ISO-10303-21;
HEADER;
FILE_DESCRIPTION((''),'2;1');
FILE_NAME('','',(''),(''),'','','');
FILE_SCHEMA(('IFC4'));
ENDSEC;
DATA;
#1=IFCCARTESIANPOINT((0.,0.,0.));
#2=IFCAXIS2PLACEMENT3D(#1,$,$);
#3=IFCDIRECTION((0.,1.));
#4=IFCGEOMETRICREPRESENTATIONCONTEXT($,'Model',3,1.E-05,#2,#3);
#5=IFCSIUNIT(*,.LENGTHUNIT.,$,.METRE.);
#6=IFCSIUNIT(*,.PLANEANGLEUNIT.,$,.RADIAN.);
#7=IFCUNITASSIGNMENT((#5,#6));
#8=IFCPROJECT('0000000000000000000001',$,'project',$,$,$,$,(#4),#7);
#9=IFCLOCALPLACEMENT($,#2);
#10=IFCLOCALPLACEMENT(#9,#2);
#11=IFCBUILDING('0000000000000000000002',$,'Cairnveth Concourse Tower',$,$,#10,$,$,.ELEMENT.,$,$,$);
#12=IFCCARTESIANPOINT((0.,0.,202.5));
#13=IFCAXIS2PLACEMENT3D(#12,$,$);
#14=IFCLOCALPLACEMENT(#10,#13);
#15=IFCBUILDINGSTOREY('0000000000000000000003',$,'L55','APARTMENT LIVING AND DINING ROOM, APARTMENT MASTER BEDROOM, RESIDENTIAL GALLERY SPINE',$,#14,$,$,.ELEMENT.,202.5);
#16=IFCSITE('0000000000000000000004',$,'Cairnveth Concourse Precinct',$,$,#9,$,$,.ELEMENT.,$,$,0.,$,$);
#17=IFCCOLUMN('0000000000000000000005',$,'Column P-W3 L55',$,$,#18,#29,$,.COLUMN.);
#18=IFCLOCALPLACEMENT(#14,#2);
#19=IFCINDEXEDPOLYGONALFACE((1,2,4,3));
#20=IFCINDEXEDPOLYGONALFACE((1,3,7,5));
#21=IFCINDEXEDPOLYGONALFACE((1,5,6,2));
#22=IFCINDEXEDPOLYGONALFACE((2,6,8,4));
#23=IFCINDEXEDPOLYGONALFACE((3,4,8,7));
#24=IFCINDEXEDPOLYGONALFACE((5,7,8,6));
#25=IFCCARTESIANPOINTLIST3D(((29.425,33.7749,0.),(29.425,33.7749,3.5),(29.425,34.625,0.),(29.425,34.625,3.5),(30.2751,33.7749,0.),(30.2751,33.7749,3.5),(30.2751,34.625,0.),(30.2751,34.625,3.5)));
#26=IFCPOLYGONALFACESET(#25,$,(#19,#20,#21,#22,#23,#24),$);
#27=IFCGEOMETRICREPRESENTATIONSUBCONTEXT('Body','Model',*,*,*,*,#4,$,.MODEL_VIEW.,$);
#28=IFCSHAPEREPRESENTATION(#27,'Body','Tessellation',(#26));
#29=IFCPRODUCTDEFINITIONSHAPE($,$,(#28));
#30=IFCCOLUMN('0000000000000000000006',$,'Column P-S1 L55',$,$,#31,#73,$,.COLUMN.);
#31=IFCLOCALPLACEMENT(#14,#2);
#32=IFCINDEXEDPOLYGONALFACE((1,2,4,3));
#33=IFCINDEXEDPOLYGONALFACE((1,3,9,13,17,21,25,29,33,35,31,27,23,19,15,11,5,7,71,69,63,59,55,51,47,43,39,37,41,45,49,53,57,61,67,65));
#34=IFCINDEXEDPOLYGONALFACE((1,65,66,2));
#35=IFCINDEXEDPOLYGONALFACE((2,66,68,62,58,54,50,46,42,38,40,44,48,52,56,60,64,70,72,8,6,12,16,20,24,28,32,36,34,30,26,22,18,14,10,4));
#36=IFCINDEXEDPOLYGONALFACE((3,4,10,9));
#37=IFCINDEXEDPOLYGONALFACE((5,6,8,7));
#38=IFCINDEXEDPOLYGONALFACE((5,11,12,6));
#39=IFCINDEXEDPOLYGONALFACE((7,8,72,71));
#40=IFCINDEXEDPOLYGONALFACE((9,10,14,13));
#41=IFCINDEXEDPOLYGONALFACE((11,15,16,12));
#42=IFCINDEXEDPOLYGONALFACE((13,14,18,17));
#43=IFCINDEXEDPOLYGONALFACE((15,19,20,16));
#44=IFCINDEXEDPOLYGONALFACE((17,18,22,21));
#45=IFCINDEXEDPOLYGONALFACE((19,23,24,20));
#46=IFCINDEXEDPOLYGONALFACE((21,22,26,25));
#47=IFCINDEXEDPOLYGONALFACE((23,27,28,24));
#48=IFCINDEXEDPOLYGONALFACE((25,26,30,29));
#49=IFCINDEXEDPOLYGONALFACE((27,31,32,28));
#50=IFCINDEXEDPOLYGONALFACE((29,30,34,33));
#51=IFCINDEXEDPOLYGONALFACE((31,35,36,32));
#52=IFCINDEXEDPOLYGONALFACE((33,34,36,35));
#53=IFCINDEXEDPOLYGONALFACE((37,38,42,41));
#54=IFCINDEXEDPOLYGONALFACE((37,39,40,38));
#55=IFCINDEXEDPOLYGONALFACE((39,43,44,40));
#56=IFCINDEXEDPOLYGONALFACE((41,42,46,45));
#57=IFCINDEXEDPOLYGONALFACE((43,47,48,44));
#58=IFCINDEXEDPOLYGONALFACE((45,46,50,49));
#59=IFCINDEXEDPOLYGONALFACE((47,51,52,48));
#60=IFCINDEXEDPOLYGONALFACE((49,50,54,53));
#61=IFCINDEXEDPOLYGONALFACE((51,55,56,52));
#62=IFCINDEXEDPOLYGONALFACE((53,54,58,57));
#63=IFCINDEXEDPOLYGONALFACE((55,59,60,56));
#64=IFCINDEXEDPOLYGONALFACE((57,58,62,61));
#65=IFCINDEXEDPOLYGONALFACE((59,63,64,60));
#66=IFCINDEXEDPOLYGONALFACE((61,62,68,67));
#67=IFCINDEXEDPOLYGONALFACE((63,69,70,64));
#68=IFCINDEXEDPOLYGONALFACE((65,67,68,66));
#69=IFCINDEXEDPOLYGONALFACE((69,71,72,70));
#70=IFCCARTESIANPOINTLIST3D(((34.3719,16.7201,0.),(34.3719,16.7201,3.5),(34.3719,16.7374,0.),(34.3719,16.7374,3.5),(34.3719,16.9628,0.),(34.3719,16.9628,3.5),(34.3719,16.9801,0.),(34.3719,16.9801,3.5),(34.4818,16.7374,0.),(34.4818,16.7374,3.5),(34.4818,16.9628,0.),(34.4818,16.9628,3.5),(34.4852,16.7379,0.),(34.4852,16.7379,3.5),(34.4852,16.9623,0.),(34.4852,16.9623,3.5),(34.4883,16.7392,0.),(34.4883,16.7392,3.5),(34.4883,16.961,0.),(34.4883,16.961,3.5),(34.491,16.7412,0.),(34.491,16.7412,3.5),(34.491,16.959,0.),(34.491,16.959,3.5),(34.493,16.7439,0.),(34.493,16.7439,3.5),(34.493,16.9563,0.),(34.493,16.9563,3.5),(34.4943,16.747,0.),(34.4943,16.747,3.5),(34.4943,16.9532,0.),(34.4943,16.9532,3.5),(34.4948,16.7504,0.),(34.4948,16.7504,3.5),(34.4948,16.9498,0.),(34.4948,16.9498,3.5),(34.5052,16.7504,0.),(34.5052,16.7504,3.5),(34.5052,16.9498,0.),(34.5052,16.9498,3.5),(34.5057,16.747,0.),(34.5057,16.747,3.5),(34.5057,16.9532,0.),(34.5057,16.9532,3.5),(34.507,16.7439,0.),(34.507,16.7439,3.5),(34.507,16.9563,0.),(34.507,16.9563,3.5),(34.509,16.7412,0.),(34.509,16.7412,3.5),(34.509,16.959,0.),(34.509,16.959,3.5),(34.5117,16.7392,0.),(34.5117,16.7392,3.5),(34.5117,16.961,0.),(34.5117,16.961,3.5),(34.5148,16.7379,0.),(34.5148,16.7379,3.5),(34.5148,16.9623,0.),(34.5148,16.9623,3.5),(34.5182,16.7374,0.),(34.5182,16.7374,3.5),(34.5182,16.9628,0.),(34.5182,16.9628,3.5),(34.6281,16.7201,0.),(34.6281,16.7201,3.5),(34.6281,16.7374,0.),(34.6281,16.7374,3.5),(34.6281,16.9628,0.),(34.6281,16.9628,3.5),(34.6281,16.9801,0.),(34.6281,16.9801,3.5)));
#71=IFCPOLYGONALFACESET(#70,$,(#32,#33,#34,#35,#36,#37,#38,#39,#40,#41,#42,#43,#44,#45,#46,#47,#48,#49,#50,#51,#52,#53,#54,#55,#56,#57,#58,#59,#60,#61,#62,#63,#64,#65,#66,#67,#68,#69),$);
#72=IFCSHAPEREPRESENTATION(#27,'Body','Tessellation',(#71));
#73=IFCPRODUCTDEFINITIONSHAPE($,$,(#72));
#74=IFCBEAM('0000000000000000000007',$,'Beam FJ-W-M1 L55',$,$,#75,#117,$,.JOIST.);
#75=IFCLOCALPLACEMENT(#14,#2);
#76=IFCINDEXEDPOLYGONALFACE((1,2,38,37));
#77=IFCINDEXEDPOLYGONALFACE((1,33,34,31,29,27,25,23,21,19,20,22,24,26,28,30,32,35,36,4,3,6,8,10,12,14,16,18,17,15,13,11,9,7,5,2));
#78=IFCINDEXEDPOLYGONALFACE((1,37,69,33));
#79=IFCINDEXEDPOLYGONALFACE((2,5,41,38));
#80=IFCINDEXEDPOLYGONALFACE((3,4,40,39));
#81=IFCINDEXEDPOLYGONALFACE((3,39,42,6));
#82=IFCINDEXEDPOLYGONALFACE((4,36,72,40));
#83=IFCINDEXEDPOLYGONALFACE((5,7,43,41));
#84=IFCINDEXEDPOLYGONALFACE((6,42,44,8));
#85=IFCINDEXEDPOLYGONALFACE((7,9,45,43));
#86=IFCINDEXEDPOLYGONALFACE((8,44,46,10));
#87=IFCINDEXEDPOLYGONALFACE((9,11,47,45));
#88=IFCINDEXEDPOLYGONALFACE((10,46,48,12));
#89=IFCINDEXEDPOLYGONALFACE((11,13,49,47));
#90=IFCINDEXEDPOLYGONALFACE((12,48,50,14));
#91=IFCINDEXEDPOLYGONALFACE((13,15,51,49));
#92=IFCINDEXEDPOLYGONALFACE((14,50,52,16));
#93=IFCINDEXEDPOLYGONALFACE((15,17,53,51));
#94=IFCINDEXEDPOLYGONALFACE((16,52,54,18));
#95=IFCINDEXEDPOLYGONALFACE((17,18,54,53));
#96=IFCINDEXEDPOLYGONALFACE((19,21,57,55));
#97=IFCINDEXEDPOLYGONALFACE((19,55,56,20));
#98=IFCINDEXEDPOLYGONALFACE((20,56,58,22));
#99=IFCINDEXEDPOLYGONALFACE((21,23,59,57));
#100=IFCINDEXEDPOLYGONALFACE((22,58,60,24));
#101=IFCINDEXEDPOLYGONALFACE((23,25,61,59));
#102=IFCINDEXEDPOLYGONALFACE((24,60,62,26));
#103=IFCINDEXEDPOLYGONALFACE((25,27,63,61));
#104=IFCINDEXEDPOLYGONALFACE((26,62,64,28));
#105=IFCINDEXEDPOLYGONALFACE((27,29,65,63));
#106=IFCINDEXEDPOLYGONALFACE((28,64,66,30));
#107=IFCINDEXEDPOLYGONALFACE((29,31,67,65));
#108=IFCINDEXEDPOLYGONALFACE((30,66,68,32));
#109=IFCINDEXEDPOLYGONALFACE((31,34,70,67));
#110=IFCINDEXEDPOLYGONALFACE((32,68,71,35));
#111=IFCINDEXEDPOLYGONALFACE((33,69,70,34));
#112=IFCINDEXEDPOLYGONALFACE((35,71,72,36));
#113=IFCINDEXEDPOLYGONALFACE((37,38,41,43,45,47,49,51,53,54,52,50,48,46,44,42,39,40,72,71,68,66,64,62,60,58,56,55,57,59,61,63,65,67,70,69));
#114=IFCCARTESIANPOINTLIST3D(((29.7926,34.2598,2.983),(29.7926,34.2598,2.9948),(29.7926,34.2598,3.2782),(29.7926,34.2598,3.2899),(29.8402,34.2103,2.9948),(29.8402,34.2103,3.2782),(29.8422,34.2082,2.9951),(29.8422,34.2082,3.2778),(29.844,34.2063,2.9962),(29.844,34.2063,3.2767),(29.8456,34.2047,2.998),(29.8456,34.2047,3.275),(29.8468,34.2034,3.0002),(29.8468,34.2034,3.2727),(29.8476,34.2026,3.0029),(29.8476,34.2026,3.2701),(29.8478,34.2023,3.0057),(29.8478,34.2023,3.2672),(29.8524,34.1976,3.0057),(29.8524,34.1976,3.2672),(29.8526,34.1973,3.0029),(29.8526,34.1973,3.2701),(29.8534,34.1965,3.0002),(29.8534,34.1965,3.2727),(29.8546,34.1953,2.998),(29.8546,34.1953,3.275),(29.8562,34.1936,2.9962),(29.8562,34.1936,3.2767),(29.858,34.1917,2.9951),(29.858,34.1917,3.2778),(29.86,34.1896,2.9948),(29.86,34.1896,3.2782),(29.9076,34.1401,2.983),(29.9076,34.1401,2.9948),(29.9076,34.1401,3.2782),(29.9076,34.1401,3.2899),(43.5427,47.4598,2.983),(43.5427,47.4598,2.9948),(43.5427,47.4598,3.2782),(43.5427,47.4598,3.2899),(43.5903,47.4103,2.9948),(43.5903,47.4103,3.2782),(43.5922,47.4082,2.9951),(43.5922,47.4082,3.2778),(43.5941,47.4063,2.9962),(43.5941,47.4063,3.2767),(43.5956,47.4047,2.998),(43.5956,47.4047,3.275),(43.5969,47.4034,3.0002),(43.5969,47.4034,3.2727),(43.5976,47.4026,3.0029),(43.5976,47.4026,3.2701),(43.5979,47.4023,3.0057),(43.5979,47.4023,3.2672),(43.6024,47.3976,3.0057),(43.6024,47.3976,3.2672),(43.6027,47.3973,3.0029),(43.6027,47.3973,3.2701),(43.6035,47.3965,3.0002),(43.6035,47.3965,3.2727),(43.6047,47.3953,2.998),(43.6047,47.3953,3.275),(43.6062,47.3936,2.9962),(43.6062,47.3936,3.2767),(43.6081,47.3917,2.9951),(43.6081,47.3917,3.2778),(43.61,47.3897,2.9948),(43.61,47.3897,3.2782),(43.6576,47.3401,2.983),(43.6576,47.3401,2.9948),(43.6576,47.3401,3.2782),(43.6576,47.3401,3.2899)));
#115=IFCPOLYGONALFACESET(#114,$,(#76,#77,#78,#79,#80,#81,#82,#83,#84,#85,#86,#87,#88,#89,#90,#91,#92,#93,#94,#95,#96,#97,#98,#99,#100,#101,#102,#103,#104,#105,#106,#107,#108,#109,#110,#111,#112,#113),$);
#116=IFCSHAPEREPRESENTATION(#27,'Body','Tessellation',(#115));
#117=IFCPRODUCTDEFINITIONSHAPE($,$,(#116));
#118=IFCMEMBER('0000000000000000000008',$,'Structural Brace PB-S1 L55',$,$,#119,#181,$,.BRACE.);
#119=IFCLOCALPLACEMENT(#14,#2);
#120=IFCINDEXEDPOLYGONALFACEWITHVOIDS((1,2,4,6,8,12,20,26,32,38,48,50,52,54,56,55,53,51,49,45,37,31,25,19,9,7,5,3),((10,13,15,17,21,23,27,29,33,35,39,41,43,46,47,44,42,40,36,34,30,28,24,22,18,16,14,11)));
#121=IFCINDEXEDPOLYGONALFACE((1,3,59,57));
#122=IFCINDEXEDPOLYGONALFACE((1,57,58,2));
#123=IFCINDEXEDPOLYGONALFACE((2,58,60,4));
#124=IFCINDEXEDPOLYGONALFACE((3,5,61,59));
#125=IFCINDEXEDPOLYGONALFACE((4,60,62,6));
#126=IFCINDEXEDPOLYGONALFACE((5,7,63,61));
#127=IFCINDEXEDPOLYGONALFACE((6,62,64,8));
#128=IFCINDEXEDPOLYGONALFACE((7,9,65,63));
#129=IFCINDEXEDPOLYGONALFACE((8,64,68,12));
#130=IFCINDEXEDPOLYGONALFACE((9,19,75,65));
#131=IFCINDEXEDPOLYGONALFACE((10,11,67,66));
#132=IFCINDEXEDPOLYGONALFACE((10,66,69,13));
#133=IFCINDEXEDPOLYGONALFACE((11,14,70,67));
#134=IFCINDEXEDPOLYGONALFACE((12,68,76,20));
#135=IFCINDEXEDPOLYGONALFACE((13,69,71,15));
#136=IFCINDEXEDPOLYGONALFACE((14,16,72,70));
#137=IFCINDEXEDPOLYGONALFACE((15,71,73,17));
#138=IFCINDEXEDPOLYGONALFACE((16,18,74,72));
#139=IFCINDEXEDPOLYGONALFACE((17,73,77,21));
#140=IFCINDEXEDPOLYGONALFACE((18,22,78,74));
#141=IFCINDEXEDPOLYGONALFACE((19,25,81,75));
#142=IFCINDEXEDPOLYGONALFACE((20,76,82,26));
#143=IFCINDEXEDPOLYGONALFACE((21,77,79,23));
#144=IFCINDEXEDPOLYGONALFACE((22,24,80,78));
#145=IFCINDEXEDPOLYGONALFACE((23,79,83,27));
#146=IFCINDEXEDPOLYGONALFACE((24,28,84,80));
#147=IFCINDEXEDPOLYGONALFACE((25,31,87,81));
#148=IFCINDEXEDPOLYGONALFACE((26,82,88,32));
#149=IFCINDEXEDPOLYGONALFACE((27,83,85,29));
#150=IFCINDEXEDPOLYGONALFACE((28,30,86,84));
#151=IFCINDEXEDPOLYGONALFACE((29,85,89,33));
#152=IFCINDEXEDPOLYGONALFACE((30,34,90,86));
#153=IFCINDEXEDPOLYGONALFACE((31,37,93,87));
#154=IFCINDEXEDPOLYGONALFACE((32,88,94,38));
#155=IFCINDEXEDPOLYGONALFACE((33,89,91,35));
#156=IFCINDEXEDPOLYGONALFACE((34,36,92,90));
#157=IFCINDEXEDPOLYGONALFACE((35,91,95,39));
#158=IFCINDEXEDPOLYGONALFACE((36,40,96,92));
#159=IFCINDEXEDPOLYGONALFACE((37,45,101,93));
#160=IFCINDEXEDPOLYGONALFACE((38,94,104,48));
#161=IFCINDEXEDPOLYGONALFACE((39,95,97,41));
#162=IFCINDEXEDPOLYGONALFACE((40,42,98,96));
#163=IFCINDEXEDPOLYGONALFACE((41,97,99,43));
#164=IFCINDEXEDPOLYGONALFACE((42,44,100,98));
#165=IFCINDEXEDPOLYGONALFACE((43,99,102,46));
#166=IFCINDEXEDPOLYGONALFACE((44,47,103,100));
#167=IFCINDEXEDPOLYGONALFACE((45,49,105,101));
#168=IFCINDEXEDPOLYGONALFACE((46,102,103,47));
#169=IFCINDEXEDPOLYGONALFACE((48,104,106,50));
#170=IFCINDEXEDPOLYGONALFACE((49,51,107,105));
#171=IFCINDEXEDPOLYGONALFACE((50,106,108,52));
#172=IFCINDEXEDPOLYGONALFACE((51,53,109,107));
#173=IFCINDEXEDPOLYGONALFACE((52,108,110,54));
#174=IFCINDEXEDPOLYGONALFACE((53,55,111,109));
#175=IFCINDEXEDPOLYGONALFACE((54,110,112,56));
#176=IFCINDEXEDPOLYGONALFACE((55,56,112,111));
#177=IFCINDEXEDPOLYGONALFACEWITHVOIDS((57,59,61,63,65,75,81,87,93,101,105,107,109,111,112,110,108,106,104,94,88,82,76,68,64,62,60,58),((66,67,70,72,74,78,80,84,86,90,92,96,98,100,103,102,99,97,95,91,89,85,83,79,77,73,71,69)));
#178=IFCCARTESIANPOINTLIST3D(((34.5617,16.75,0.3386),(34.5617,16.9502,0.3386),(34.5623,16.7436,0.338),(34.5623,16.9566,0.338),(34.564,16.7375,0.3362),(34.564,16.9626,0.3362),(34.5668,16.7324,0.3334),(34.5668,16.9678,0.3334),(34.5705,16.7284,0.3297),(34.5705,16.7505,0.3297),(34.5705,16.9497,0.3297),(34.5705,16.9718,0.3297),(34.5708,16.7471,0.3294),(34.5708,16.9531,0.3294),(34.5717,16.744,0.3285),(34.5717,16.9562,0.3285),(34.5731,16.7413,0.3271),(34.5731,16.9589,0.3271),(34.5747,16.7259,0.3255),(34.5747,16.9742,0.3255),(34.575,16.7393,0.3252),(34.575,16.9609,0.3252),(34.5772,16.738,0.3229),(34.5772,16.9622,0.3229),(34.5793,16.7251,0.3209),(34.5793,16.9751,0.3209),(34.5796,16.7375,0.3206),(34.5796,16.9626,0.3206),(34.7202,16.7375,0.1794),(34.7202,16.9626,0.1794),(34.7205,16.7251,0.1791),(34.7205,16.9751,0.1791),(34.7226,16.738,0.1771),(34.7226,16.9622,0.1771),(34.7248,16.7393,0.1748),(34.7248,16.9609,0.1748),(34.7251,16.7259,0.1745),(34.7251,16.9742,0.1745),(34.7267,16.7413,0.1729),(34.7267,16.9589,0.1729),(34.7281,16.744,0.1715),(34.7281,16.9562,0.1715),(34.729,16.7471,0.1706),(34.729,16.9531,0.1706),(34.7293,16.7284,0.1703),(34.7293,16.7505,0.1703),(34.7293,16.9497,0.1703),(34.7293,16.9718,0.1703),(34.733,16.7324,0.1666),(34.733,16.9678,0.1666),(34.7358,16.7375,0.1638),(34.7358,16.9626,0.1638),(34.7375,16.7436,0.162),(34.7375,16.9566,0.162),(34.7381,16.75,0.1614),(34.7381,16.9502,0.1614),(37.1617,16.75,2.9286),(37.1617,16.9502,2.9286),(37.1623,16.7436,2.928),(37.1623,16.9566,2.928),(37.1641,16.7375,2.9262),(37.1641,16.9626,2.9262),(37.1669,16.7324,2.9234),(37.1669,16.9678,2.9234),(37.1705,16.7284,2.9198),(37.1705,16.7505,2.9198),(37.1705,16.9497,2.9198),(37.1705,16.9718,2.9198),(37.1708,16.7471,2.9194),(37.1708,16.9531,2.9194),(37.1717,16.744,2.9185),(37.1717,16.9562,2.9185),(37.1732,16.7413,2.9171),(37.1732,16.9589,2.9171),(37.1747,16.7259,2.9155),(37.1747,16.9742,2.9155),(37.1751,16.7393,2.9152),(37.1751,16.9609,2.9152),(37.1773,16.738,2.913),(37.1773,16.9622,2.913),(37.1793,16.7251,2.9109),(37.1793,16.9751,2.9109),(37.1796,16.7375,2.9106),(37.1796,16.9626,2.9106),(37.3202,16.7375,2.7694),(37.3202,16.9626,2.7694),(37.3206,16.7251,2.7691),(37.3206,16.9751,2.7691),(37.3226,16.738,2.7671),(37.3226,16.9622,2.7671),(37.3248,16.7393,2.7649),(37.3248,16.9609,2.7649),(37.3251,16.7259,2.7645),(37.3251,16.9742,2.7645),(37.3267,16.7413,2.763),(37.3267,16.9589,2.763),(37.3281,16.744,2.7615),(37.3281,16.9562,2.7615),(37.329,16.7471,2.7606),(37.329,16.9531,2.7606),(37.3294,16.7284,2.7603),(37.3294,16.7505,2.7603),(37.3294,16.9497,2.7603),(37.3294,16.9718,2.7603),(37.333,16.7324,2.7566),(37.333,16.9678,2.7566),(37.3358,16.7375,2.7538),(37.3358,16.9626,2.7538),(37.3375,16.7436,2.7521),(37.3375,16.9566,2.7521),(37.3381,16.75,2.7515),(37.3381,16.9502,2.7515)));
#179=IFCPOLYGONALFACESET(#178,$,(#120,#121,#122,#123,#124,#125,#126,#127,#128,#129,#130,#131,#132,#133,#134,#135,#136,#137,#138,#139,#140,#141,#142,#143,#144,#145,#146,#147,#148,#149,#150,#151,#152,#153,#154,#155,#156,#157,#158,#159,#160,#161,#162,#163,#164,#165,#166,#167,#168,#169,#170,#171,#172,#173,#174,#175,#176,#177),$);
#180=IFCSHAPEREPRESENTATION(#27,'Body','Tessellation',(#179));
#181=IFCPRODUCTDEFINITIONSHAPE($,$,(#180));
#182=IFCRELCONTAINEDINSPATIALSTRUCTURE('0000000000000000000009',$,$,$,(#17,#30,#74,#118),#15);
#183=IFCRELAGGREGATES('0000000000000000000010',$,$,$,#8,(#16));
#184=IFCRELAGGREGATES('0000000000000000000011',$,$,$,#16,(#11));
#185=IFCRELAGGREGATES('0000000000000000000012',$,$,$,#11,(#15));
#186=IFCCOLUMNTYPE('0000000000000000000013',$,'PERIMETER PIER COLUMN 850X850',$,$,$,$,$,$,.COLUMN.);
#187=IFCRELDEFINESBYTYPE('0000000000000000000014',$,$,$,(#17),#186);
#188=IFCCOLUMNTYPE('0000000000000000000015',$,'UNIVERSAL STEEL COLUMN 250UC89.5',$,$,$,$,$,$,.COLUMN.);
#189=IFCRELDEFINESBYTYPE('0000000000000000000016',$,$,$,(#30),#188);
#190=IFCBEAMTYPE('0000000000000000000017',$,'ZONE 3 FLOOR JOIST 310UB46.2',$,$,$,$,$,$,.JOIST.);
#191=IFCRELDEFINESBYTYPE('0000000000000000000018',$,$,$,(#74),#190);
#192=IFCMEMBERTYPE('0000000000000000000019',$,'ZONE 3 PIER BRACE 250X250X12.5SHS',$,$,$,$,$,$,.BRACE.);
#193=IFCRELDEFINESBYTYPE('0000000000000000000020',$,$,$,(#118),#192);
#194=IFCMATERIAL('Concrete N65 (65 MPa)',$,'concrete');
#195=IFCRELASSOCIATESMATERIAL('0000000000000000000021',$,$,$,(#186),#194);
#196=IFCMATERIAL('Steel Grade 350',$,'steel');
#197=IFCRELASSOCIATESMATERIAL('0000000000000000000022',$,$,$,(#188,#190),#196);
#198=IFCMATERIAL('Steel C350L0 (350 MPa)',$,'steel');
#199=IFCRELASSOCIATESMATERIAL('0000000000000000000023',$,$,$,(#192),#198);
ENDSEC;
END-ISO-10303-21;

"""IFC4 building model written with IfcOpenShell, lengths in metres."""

from ifc_helpers import new_model, si_unit, direction, frame, origin, origin_2d, place, context, subcontext, project, spatial, rectangle, hollow_rectangle, i_section, extrude, material, material_profile, profile_set, type_object, element, save


model = new_model("IFC4")

# Units and contexts
model_context = context("Model", 3, precision=1e-05, world=origin(), true_north=direction((0.0, 1.0)))
body_context = subcontext(model_context, "Body", "Model", "MODEL_VIEW")
ifc_project = project(units=[si_unit("LENGTHUNIT", "METRE"), si_unit("PLANEANGLEUNIT", "RADIAN")], contexts=[model_context])

# Site, building, storey
site_placement = place(None, origin())
site = spatial("IfcSite", under=ifc_project, at=site_placement, Name="Cairnveth Concourse Precinct", CompositionType="ELEMENT", RefElevation=0.0)
building_placement = place(site_placement, origin())
building = spatial("IfcBuilding", under=site, at=building_placement, Name="Cairnveth Concourse Tower", CompositionType="ELEMENT")
storey_placement = place(building_placement, frame((0.0, 0.0, 202.5)))
storey = spatial("IfcBuildingStorey", under=building, at=storey_placement, Name="L55", Description="APARTMENT LIVING AND DINING ROOM, APARTMENT MASTER BEDROOM, RESIDENTIAL GALLERY SPINE", CompositionType="ELEMENT", Elevation=202.5)

# Columns
ifc_material_1 = material(Name="Concrete N65 (65 MPa)", Category="concrete")
ifc_material_profile_1 = material_profile(ifc_material_1, rectangle(XDim=0.8501, YDim=0.8501, at=origin_2d()), Name="RC-COL-850x850")
ifc_profile_set_1 = profile_set([ifc_material_profile_1], Name="Concrete N65 (65 MPa)")
column_type_1 = type_object("IfcColumnType", Name="PERIMETER PIER COLUMN 850X850", PredefinedType="COLUMN", material=ifc_profile_set_1)
column_1_placement = place(storey_placement, frame((29.8501, 34.2, 0.0), z_axis=(0.0, 0.0, 1.0), x_axis=(0.0, 1.0, 0.0)))
element("IfcColumn", 1, at=column_1_placement, inside=storey, type_object=column_type_1, Name="Column P-W3 L55", PredefinedType="COLUMN", context=body_context, shape_type="SweptSolid", body=[
    extrude(rectangle(XDim=0.8501, YDim=0.8501, at=origin_2d()), origin(), (0.0, 0.0, 1.0), 3.5),
])
ifc_material_2 = material(Name="Steel Grade 350", Category="steel")
ifc_material_profile_2 = material_profile(ifc_material_2, i_section(OverallWidth=0.2561, OverallDepth=0.26, WebThickness=0.0105, FlangeThickness=0.0173, FilletRadius=0.0129, at=origin_2d()), Name="250UC89.5")
ifc_profile_set_2 = profile_set([ifc_material_profile_2], Name="Steel Grade 350")
column_type_2 = type_object("IfcColumnType", Name="UNIVERSAL STEEL COLUMN 250UC89.5", PredefinedType="COLUMN", material=ifc_profile_set_2)
column_2_placement = place(storey_placement, frame((34.5, 16.8501, 0.0), z_axis=(0.0, 0.0, 1.0), x_axis=(1.0, 0.0, 0.0)))
element("IfcColumn", 2, at=column_2_placement, inside=storey, type_object=column_type_2, Name="Column P-S1 L55", PredefinedType="COLUMN", context=body_context, shape_type="SweptSolid", body=[
    extrude(i_section(OverallWidth=0.2561, OverallDepth=0.26, WebThickness=0.0105, FlangeThickness=0.0173, FilletRadius=0.0129, at=origin_2d()), origin(), (0.0, 0.0, 1.0), 3.5),
])

# Beam
ifc_material_profile_3 = material_profile(ifc_material_2, i_section(OverallWidth=0.166, OverallDepth=0.3069, WebThickness=0.0066, FlangeThickness=0.0117, FilletRadius=0.011, at=origin_2d()), Name="310UB46.2")
ifc_profile_set_3 = profile_set([ifc_material_profile_3], Name="Steel Grade 350")
beam_type_1 = type_object("IfcBeamType", Name="ZONE 3 FLOOR JOIST 310UB46.2", PredefinedType="JOIST", material=ifc_profile_set_3)
beam_1_placement = place(storey_placement, frame((29.8501, 34.2, 3.1365), z_axis=(0.721389, 0.69253, 0.0), x_axis=(-0.69253, 0.721389, 0.0)))
element("IfcBeam", 3, at=beam_1_placement, inside=storey, type_object=beam_type_1, Name="Beam FJ-W-M1 L55", PredefinedType="JOIST", context=body_context, shape_type="SweptSolid", body=[
    extrude(i_section(OverallWidth=0.166, OverallDepth=0.3069, WebThickness=0.0066, FlangeThickness=0.0117, FilletRadius=0.011, at=origin_2d()), origin(), (0.0, 0.0, 1.0), 19.0605),
])

# Member
ifc_material_3 = material(Name="Steel C350L0 (350 MPa)", Category="steel")
ifc_material_profile_4 = material_profile(ifc_material_3, hollow_rectangle(XDim=0.25, YDim=0.25, WallThickness=0.0125, InnerFilletRadius=0.0129, OuterFilletRadius=0.0249, at=origin_2d()), Name="250x250x12.5SHS")
ifc_profile_set_4 = profile_set([ifc_material_profile_4], Name="Steel C350L0 (350 MPa)")
member_type = type_object("IfcMemberType", Name="ZONE 3 PIER BRACE 250X250X12.5SHS", PredefinedType="BRACE", material=ifc_profile_set_4)
member_placement = place(storey_placement, frame((34.6499, 16.8501, 0.25), z_axis=(0.708469, 0.0, 0.705742), x_axis=(0.0, 1.0, 0.0)))
element("IfcMember", 4, at=member_placement, inside=storey, type_object=member_type, Name="Structural Brace PB-S1 L55", PredefinedType="BRACE", context=body_context, shape_type="SweptSolid", body=[
    extrude(hollow_rectangle(XDim=0.25, YDim=0.25, WallThickness=0.0125, InnerFilletRadius=0.0129, OuterFilletRadius=0.0249, at=origin_2d()), origin(), (0.0, 0.0, 1.0), 3.6699),
])

save(model, "model.ifc")
